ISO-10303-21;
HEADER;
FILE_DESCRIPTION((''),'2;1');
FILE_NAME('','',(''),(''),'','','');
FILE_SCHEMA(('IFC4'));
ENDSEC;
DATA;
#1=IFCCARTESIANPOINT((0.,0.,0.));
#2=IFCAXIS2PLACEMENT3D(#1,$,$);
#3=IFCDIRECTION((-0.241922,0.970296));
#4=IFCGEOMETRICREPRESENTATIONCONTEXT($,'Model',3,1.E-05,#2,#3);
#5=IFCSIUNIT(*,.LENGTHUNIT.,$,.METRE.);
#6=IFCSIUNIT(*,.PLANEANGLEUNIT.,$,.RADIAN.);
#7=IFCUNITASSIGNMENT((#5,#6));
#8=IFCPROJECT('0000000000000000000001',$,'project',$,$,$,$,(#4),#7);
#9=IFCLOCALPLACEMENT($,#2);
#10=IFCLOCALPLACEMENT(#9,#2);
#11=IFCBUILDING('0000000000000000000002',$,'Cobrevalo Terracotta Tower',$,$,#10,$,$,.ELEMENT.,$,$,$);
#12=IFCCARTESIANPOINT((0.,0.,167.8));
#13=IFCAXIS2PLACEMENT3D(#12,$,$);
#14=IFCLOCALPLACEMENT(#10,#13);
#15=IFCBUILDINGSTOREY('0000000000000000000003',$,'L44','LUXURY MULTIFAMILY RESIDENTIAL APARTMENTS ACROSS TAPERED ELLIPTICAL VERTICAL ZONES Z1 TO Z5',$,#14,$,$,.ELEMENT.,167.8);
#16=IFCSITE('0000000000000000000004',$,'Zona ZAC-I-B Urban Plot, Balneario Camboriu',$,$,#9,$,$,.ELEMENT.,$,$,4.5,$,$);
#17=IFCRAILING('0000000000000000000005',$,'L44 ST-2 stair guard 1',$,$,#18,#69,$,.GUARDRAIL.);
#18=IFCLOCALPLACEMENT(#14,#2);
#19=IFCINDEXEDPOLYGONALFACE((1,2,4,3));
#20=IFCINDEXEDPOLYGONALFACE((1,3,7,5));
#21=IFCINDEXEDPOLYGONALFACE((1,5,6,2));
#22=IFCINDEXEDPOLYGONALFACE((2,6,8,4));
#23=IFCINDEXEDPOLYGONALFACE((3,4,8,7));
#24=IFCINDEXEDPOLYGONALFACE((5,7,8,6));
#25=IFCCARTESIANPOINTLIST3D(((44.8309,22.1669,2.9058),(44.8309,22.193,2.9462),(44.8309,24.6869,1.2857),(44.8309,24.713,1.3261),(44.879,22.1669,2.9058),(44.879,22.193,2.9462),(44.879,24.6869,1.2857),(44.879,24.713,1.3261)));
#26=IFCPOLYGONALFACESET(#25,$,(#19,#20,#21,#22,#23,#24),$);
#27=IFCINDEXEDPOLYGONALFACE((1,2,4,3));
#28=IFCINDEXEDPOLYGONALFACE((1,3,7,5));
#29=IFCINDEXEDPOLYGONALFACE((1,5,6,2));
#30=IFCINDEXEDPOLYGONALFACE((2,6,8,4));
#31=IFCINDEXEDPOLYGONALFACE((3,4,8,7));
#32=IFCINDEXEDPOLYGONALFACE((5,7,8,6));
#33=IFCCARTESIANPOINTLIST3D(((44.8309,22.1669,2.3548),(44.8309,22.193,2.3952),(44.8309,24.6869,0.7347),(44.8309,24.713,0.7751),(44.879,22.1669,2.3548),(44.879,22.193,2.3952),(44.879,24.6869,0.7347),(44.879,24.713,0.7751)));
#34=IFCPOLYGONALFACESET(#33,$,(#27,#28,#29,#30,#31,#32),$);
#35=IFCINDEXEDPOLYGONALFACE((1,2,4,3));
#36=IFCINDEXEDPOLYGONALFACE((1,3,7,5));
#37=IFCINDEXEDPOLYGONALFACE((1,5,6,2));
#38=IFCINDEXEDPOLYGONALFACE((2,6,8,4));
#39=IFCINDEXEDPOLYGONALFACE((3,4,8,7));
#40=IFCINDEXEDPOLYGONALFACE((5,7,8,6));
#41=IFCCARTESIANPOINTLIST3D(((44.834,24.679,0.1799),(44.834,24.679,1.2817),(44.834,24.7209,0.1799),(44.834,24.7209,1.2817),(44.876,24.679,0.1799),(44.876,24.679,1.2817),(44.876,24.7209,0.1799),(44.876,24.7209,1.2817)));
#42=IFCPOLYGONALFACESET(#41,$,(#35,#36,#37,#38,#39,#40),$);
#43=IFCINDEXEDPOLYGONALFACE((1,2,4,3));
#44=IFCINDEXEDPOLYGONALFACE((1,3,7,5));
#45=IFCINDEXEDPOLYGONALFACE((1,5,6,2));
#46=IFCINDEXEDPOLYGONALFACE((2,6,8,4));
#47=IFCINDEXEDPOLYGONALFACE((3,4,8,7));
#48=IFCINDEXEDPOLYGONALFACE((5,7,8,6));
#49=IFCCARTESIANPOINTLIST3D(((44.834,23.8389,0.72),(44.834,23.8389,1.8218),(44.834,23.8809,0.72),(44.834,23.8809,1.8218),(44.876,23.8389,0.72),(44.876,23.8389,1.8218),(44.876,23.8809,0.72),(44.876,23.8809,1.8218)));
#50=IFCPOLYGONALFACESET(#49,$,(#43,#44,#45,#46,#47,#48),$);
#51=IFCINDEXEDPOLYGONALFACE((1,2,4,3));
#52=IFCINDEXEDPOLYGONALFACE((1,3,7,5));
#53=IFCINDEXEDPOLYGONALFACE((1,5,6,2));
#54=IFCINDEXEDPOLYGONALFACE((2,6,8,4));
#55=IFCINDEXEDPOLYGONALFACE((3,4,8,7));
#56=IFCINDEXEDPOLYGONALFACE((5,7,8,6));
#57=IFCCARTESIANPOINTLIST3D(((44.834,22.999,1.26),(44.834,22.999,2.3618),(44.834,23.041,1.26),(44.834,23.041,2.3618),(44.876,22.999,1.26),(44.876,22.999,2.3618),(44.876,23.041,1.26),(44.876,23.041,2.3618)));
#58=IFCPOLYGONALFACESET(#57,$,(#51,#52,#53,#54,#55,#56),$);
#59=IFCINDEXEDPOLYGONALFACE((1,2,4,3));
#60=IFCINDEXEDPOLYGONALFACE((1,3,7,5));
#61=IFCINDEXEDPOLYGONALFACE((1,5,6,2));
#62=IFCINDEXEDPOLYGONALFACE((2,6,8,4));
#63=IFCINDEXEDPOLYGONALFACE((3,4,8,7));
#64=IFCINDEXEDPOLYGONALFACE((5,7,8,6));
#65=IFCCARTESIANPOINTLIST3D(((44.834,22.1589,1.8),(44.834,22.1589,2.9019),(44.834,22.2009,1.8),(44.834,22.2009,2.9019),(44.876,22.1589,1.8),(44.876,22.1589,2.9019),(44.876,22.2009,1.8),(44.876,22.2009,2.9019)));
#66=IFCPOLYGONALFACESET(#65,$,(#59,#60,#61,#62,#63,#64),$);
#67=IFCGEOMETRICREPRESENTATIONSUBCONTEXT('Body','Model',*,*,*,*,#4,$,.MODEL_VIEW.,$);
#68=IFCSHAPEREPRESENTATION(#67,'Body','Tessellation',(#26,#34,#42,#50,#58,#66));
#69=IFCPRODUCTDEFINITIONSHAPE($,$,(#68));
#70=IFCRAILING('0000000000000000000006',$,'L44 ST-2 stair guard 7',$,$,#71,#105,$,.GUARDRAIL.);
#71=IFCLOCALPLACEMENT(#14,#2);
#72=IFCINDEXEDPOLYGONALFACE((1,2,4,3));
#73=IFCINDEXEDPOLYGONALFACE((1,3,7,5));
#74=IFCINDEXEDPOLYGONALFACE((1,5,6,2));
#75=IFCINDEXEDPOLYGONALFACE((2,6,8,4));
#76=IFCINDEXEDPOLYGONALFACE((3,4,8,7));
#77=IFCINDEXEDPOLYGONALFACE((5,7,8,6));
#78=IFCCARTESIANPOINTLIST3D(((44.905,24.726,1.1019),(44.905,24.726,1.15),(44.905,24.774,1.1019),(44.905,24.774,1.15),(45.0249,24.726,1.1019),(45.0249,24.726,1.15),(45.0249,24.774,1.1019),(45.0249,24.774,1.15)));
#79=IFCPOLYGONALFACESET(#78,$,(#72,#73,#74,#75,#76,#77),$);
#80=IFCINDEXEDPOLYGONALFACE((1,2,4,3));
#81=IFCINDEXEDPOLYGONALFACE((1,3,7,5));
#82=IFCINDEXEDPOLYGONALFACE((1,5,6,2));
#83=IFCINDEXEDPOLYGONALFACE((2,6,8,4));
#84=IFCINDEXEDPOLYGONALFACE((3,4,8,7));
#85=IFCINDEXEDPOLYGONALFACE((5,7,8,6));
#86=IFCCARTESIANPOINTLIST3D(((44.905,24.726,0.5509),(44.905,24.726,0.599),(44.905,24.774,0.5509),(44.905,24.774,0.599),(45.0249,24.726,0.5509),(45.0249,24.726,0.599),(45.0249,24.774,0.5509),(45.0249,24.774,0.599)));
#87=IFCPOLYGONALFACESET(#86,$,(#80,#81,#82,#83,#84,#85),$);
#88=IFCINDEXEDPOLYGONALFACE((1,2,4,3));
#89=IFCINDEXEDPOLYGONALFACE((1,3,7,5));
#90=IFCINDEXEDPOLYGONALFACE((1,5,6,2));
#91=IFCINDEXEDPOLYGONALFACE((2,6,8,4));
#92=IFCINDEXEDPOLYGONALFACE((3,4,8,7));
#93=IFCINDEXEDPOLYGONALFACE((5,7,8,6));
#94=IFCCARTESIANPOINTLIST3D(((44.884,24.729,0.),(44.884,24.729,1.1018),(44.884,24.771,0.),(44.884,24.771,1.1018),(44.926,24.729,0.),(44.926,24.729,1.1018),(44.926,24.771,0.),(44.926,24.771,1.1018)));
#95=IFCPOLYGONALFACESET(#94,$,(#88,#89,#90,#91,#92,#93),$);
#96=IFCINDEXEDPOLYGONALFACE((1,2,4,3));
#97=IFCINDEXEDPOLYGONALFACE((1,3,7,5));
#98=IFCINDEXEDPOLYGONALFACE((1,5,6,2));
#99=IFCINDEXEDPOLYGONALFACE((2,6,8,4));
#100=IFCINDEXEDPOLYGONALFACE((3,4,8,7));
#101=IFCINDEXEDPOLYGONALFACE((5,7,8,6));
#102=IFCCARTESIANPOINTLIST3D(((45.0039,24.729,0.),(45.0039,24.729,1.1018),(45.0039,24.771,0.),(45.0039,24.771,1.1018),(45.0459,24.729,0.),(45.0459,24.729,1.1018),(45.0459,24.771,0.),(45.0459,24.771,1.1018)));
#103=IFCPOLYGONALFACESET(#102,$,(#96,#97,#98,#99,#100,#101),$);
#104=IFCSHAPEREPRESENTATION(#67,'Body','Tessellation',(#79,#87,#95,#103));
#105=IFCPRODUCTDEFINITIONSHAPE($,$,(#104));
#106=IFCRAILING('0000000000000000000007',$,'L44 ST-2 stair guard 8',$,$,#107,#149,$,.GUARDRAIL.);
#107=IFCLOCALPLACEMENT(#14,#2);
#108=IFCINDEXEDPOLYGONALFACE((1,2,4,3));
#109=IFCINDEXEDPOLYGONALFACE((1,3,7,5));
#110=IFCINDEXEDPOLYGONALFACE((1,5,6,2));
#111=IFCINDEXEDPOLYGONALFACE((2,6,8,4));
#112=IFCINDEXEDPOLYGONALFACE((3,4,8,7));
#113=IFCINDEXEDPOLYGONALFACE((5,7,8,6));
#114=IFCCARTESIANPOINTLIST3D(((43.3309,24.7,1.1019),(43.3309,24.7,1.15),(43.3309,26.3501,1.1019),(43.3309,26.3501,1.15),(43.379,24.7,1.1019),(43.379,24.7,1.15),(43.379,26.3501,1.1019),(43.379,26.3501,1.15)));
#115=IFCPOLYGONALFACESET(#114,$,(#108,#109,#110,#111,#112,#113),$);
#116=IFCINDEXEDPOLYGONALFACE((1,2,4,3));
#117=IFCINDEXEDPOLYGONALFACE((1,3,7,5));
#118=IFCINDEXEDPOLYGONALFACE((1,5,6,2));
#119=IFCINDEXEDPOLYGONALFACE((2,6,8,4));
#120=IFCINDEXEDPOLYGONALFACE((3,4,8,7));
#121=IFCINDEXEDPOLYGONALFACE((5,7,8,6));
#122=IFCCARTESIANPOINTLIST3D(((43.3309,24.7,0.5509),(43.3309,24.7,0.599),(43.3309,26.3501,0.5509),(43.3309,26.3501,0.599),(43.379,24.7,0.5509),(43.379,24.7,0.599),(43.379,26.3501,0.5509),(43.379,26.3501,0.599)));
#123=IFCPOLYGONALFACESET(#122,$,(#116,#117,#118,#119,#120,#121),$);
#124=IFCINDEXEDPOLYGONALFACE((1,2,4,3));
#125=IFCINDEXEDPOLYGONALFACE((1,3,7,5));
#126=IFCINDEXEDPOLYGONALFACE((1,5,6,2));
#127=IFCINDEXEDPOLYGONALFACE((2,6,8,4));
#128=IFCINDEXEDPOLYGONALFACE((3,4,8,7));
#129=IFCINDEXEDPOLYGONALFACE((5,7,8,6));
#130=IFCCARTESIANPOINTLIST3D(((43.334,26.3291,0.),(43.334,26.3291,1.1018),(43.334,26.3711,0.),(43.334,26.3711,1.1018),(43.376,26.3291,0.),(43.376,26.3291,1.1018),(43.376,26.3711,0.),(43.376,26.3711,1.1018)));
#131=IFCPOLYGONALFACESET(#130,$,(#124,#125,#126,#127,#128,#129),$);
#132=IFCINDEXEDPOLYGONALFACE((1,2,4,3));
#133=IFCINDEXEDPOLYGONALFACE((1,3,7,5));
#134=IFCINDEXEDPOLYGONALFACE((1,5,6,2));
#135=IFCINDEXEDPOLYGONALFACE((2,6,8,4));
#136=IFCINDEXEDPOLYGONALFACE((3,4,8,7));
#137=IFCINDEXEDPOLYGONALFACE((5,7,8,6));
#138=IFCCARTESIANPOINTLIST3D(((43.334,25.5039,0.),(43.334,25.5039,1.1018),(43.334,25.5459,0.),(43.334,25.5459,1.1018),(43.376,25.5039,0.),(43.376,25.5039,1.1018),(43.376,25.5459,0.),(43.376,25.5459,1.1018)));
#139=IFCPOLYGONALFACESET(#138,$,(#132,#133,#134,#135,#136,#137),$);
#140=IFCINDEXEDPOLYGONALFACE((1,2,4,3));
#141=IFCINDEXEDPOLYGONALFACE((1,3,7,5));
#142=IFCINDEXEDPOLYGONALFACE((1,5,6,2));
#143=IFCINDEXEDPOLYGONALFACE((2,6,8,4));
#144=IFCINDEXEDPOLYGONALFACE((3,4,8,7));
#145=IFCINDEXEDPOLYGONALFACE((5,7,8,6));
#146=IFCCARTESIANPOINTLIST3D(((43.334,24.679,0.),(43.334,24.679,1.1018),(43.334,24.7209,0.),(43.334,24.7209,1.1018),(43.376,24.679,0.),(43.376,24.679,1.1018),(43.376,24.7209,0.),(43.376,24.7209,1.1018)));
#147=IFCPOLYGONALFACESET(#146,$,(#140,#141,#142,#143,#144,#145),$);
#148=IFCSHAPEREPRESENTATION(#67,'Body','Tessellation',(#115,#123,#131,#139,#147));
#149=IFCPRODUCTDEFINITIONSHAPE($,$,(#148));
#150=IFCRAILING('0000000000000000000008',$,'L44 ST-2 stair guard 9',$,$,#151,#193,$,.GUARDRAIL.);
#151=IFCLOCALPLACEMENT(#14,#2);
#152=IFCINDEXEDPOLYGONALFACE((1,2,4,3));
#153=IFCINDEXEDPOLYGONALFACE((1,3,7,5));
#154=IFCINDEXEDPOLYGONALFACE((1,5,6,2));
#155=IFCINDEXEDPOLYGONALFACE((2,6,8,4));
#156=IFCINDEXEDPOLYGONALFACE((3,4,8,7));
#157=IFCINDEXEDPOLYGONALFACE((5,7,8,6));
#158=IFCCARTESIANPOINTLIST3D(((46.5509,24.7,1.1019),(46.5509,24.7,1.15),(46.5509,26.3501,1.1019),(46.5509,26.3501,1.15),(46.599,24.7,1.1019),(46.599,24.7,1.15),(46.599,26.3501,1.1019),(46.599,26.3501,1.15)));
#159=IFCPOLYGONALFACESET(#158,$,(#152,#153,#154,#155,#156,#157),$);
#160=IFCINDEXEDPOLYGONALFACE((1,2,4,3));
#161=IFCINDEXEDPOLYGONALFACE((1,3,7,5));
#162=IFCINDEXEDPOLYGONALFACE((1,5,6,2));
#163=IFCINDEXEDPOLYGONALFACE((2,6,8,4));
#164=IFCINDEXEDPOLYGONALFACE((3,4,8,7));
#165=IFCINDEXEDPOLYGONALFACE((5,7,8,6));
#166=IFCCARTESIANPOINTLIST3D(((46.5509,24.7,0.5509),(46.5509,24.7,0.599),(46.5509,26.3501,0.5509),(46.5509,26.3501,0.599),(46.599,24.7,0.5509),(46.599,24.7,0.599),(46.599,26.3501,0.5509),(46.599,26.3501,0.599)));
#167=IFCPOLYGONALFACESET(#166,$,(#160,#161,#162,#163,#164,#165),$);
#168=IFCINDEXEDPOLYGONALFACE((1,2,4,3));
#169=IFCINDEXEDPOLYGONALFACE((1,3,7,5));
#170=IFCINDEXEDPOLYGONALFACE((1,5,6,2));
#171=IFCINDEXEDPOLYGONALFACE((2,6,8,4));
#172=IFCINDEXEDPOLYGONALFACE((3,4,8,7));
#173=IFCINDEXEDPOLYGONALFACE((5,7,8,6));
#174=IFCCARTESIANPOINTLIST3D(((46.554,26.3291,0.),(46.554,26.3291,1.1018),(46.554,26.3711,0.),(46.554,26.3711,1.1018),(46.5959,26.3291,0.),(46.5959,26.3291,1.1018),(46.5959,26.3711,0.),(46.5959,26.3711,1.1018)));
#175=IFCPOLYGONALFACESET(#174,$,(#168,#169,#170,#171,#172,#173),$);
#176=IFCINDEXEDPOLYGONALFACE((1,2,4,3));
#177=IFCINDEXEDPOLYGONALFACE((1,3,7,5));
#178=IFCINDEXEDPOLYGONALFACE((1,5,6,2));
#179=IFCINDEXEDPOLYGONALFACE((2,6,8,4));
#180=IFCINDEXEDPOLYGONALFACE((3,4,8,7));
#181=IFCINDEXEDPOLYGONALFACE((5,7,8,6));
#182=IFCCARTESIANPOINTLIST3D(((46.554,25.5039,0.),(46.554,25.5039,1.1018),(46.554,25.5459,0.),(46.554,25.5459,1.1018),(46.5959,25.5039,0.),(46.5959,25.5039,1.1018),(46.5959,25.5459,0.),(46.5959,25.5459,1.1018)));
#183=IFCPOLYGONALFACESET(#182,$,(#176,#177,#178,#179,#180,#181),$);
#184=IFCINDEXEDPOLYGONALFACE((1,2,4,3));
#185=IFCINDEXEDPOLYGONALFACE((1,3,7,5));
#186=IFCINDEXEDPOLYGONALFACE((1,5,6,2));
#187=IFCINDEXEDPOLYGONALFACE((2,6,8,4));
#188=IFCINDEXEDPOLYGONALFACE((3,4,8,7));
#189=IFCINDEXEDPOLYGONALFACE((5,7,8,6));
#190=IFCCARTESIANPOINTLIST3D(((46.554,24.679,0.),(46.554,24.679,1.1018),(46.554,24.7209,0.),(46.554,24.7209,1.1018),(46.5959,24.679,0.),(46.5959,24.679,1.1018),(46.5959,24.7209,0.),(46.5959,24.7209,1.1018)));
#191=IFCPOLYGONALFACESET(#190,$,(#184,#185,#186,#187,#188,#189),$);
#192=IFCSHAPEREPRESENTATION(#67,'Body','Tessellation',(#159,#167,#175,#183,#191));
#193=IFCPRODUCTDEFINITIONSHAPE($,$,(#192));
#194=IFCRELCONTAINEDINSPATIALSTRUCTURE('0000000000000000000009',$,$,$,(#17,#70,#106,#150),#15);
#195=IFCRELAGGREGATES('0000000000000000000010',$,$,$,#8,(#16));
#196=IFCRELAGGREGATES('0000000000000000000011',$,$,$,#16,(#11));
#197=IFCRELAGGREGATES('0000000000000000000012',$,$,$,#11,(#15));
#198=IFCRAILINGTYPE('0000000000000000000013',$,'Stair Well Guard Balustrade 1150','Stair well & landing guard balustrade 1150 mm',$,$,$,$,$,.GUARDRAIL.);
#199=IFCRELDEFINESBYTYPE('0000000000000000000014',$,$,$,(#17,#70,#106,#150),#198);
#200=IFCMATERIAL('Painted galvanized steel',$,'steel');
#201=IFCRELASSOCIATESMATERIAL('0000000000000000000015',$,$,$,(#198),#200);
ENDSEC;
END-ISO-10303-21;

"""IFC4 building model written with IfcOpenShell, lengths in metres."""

from ifc_helpers import new_model, si_unit, direction, frame, origin, origin_2d, place, context, subcontext, project, spatial, rectangle, extrude, material, type_object, element, save


model = new_model("IFC4")

# Units and contexts
model_context = context("Model", 3, precision=1e-05, world=origin(), true_north=direction((-0.241922, 0.970296)))
body_context = subcontext(model_context, "Body", "Model", "MODEL_VIEW")
ifc_project = project(units=[si_unit("LENGTHUNIT", "METRE"), si_unit("PLANEANGLEUNIT", "RADIAN")], contexts=[model_context])

# Site, building, storey
site_placement = place(None, origin())
site = spatial("IfcSite", under=ifc_project, at=site_placement, Name="Zona ZAC-I-B Urban Plot, Balneario Camboriu", CompositionType="ELEMENT", RefElevation=4.5)
building_placement = place(site_placement, origin())
building = spatial("IfcBuilding", under=site, at=building_placement, Name="Cobrevalo Terracotta Tower", CompositionType="ELEMENT")
storey_placement = place(building_placement, frame((0.0, 0.0, 167.8)))
storey = spatial("IfcBuildingStorey", under=building, at=storey_placement, Name="L44", Description="LUXURY MULTIFAMILY RESIDENTIAL APARTMENTS ACROSS TAPERED ELLIPTICAL VERTICAL ZONES Z1 TO Z5", CompositionType="ELEMENT", Elevation=167.8)

# Railings
ifc_material_1 = material(Name="Painted galvanized steel", Category="steel")
railing_type_1 = type_object("IfcRailingType", Name="Stair Well Guard Balustrade 1150", Description="Stair well & landing guard balustrade 1150 mm", PredefinedType="GUARDRAIL", material=ifc_material_1)
railing_1_placement = place(storey_placement, frame((44.855, 24.7, 0.1799)))
element("IfcRailing", 1, at=railing_1_placement, inside=storey, type_object=railing_type_1, Name="L44 ST-2 stair guard 1", PredefinedType="GUARDRAIL", context=body_context, shape_type="SweptSolid", body=[
    extrude(rectangle(XDim=0.0481, YDim=0.0481, at=origin_2d()), frame((0.0, 0.0, 1.126), z_axis=(0.0, -0.841163, 0.540782), x_axis=(1.0, 0.0, 0.0)), (0.0, 0.0, 1.0), 2.9958),
    extrude(rectangle(XDim=0.0481, YDim=0.0481, at=origin_2d()), frame((0.0, 0.0, 0.575), z_axis=(0.0, -0.841163, 0.540782), x_axis=(1.0, 0.0, 0.0)), (0.0, 0.0, 1.0), 2.9958),
    extrude(rectangle(XDim=0.042, YDim=0.042, at=origin_2d()), origin(), (0.0, 0.0, 1.0), 1.1018),
    extrude(rectangle(XDim=0.042, YDim=0.042, at=origin_2d()), frame((0.0, -0.8401, 0.54)), (0.0, 0.0, 1.0), 1.1018),
    extrude(rectangle(XDim=0.042, YDim=0.042, at=origin_2d()), frame((0.0, -1.6799, 1.0801)), (0.0, 0.0, 1.0), 1.1018),
    extrude(rectangle(XDim=0.042, YDim=0.042, at=origin_2d()), frame((0.0, -2.52, 1.6201)), (0.0, 0.0, 1.0), 1.1018),
])
railing_2_placement = place(storey_placement, frame((44.905, 24.75, 0.0)))
element("IfcRailing", 2, at=railing_2_placement, inside=storey, type_object=railing_type_1, Name="L44 ST-2 stair guard 7", PredefinedType="GUARDRAIL", context=body_context, shape_type="SweptSolid", body=[
    extrude(rectangle(XDim=0.0481, YDim=0.0481, at=origin_2d()), frame((0.0, 0.0, 1.126), z_axis=(1.0, 0.0, 0.0), x_axis=(0.0, 1.0, 0.0)), (0.0, 0.0, 1.0), 0.1199),
    extrude(rectangle(XDim=0.0481, YDim=0.0481, at=origin_2d()), frame((0.0, 0.0, 0.575), z_axis=(1.0, 0.0, 0.0), x_axis=(0.0, 1.0, 0.0)), (0.0, 0.0, 1.0), 0.1199),
    extrude(rectangle(XDim=0.042, YDim=0.042, at=origin_2d()), origin(), (0.0, 0.0, 1.0), 1.1018),
    extrude(rectangle(XDim=0.042, YDim=0.042, at=origin_2d()), frame((0.1199, 0.0, 0.0)), (0.0, 0.0, 1.0), 1.1018),
])
for number, where, name in (
    (3, (43.355, 26.3501, 0.0), "L44 ST-2 stair guard 8"),
    (4, (46.575, 26.3501, 0.0), "L44 ST-2 stair guard 9"),
):
    element("IfcRailing", number, at=place(storey_placement, frame(where)), inside=storey, type_object=railing_type_1, Name=name, PredefinedType="GUARDRAIL", context=body_context, shape_type="SweptSolid", body=[
        extrude(rectangle(XDim=0.0481, YDim=0.0481, at=origin_2d()), frame((0.0, 0.0, 1.126), z_axis=(0.0, -1.0, 0.0), x_axis=(1.0, 0.0, 0.0)), (0.0, 0.0, 1.0), 1.6501),
        extrude(rectangle(XDim=0.0481, YDim=0.0481, at=origin_2d()), frame((0.0, 0.0, 0.575), z_axis=(0.0, -1.0, 0.0), x_axis=(1.0, 0.0, 0.0)), (0.0, 0.0, 1.0), 1.6501),
        extrude(rectangle(XDim=0.042, YDim=0.042, at=origin_2d()), origin(), (0.0, 0.0, 1.0), 1.1018),
        extrude(rectangle(XDim=0.042, YDim=0.042, at=origin_2d()), frame((0.0, -0.8252, 0.0)), (0.0, 0.0, 1.0), 1.1018),
        extrude(rectangle(XDim=0.042, YDim=0.042, at=origin_2d()), frame((0.0, -1.6501, 0.0)), (0.0, 0.0, 1.0), 1.1018),
    ])

save(model, "model.ifc")
